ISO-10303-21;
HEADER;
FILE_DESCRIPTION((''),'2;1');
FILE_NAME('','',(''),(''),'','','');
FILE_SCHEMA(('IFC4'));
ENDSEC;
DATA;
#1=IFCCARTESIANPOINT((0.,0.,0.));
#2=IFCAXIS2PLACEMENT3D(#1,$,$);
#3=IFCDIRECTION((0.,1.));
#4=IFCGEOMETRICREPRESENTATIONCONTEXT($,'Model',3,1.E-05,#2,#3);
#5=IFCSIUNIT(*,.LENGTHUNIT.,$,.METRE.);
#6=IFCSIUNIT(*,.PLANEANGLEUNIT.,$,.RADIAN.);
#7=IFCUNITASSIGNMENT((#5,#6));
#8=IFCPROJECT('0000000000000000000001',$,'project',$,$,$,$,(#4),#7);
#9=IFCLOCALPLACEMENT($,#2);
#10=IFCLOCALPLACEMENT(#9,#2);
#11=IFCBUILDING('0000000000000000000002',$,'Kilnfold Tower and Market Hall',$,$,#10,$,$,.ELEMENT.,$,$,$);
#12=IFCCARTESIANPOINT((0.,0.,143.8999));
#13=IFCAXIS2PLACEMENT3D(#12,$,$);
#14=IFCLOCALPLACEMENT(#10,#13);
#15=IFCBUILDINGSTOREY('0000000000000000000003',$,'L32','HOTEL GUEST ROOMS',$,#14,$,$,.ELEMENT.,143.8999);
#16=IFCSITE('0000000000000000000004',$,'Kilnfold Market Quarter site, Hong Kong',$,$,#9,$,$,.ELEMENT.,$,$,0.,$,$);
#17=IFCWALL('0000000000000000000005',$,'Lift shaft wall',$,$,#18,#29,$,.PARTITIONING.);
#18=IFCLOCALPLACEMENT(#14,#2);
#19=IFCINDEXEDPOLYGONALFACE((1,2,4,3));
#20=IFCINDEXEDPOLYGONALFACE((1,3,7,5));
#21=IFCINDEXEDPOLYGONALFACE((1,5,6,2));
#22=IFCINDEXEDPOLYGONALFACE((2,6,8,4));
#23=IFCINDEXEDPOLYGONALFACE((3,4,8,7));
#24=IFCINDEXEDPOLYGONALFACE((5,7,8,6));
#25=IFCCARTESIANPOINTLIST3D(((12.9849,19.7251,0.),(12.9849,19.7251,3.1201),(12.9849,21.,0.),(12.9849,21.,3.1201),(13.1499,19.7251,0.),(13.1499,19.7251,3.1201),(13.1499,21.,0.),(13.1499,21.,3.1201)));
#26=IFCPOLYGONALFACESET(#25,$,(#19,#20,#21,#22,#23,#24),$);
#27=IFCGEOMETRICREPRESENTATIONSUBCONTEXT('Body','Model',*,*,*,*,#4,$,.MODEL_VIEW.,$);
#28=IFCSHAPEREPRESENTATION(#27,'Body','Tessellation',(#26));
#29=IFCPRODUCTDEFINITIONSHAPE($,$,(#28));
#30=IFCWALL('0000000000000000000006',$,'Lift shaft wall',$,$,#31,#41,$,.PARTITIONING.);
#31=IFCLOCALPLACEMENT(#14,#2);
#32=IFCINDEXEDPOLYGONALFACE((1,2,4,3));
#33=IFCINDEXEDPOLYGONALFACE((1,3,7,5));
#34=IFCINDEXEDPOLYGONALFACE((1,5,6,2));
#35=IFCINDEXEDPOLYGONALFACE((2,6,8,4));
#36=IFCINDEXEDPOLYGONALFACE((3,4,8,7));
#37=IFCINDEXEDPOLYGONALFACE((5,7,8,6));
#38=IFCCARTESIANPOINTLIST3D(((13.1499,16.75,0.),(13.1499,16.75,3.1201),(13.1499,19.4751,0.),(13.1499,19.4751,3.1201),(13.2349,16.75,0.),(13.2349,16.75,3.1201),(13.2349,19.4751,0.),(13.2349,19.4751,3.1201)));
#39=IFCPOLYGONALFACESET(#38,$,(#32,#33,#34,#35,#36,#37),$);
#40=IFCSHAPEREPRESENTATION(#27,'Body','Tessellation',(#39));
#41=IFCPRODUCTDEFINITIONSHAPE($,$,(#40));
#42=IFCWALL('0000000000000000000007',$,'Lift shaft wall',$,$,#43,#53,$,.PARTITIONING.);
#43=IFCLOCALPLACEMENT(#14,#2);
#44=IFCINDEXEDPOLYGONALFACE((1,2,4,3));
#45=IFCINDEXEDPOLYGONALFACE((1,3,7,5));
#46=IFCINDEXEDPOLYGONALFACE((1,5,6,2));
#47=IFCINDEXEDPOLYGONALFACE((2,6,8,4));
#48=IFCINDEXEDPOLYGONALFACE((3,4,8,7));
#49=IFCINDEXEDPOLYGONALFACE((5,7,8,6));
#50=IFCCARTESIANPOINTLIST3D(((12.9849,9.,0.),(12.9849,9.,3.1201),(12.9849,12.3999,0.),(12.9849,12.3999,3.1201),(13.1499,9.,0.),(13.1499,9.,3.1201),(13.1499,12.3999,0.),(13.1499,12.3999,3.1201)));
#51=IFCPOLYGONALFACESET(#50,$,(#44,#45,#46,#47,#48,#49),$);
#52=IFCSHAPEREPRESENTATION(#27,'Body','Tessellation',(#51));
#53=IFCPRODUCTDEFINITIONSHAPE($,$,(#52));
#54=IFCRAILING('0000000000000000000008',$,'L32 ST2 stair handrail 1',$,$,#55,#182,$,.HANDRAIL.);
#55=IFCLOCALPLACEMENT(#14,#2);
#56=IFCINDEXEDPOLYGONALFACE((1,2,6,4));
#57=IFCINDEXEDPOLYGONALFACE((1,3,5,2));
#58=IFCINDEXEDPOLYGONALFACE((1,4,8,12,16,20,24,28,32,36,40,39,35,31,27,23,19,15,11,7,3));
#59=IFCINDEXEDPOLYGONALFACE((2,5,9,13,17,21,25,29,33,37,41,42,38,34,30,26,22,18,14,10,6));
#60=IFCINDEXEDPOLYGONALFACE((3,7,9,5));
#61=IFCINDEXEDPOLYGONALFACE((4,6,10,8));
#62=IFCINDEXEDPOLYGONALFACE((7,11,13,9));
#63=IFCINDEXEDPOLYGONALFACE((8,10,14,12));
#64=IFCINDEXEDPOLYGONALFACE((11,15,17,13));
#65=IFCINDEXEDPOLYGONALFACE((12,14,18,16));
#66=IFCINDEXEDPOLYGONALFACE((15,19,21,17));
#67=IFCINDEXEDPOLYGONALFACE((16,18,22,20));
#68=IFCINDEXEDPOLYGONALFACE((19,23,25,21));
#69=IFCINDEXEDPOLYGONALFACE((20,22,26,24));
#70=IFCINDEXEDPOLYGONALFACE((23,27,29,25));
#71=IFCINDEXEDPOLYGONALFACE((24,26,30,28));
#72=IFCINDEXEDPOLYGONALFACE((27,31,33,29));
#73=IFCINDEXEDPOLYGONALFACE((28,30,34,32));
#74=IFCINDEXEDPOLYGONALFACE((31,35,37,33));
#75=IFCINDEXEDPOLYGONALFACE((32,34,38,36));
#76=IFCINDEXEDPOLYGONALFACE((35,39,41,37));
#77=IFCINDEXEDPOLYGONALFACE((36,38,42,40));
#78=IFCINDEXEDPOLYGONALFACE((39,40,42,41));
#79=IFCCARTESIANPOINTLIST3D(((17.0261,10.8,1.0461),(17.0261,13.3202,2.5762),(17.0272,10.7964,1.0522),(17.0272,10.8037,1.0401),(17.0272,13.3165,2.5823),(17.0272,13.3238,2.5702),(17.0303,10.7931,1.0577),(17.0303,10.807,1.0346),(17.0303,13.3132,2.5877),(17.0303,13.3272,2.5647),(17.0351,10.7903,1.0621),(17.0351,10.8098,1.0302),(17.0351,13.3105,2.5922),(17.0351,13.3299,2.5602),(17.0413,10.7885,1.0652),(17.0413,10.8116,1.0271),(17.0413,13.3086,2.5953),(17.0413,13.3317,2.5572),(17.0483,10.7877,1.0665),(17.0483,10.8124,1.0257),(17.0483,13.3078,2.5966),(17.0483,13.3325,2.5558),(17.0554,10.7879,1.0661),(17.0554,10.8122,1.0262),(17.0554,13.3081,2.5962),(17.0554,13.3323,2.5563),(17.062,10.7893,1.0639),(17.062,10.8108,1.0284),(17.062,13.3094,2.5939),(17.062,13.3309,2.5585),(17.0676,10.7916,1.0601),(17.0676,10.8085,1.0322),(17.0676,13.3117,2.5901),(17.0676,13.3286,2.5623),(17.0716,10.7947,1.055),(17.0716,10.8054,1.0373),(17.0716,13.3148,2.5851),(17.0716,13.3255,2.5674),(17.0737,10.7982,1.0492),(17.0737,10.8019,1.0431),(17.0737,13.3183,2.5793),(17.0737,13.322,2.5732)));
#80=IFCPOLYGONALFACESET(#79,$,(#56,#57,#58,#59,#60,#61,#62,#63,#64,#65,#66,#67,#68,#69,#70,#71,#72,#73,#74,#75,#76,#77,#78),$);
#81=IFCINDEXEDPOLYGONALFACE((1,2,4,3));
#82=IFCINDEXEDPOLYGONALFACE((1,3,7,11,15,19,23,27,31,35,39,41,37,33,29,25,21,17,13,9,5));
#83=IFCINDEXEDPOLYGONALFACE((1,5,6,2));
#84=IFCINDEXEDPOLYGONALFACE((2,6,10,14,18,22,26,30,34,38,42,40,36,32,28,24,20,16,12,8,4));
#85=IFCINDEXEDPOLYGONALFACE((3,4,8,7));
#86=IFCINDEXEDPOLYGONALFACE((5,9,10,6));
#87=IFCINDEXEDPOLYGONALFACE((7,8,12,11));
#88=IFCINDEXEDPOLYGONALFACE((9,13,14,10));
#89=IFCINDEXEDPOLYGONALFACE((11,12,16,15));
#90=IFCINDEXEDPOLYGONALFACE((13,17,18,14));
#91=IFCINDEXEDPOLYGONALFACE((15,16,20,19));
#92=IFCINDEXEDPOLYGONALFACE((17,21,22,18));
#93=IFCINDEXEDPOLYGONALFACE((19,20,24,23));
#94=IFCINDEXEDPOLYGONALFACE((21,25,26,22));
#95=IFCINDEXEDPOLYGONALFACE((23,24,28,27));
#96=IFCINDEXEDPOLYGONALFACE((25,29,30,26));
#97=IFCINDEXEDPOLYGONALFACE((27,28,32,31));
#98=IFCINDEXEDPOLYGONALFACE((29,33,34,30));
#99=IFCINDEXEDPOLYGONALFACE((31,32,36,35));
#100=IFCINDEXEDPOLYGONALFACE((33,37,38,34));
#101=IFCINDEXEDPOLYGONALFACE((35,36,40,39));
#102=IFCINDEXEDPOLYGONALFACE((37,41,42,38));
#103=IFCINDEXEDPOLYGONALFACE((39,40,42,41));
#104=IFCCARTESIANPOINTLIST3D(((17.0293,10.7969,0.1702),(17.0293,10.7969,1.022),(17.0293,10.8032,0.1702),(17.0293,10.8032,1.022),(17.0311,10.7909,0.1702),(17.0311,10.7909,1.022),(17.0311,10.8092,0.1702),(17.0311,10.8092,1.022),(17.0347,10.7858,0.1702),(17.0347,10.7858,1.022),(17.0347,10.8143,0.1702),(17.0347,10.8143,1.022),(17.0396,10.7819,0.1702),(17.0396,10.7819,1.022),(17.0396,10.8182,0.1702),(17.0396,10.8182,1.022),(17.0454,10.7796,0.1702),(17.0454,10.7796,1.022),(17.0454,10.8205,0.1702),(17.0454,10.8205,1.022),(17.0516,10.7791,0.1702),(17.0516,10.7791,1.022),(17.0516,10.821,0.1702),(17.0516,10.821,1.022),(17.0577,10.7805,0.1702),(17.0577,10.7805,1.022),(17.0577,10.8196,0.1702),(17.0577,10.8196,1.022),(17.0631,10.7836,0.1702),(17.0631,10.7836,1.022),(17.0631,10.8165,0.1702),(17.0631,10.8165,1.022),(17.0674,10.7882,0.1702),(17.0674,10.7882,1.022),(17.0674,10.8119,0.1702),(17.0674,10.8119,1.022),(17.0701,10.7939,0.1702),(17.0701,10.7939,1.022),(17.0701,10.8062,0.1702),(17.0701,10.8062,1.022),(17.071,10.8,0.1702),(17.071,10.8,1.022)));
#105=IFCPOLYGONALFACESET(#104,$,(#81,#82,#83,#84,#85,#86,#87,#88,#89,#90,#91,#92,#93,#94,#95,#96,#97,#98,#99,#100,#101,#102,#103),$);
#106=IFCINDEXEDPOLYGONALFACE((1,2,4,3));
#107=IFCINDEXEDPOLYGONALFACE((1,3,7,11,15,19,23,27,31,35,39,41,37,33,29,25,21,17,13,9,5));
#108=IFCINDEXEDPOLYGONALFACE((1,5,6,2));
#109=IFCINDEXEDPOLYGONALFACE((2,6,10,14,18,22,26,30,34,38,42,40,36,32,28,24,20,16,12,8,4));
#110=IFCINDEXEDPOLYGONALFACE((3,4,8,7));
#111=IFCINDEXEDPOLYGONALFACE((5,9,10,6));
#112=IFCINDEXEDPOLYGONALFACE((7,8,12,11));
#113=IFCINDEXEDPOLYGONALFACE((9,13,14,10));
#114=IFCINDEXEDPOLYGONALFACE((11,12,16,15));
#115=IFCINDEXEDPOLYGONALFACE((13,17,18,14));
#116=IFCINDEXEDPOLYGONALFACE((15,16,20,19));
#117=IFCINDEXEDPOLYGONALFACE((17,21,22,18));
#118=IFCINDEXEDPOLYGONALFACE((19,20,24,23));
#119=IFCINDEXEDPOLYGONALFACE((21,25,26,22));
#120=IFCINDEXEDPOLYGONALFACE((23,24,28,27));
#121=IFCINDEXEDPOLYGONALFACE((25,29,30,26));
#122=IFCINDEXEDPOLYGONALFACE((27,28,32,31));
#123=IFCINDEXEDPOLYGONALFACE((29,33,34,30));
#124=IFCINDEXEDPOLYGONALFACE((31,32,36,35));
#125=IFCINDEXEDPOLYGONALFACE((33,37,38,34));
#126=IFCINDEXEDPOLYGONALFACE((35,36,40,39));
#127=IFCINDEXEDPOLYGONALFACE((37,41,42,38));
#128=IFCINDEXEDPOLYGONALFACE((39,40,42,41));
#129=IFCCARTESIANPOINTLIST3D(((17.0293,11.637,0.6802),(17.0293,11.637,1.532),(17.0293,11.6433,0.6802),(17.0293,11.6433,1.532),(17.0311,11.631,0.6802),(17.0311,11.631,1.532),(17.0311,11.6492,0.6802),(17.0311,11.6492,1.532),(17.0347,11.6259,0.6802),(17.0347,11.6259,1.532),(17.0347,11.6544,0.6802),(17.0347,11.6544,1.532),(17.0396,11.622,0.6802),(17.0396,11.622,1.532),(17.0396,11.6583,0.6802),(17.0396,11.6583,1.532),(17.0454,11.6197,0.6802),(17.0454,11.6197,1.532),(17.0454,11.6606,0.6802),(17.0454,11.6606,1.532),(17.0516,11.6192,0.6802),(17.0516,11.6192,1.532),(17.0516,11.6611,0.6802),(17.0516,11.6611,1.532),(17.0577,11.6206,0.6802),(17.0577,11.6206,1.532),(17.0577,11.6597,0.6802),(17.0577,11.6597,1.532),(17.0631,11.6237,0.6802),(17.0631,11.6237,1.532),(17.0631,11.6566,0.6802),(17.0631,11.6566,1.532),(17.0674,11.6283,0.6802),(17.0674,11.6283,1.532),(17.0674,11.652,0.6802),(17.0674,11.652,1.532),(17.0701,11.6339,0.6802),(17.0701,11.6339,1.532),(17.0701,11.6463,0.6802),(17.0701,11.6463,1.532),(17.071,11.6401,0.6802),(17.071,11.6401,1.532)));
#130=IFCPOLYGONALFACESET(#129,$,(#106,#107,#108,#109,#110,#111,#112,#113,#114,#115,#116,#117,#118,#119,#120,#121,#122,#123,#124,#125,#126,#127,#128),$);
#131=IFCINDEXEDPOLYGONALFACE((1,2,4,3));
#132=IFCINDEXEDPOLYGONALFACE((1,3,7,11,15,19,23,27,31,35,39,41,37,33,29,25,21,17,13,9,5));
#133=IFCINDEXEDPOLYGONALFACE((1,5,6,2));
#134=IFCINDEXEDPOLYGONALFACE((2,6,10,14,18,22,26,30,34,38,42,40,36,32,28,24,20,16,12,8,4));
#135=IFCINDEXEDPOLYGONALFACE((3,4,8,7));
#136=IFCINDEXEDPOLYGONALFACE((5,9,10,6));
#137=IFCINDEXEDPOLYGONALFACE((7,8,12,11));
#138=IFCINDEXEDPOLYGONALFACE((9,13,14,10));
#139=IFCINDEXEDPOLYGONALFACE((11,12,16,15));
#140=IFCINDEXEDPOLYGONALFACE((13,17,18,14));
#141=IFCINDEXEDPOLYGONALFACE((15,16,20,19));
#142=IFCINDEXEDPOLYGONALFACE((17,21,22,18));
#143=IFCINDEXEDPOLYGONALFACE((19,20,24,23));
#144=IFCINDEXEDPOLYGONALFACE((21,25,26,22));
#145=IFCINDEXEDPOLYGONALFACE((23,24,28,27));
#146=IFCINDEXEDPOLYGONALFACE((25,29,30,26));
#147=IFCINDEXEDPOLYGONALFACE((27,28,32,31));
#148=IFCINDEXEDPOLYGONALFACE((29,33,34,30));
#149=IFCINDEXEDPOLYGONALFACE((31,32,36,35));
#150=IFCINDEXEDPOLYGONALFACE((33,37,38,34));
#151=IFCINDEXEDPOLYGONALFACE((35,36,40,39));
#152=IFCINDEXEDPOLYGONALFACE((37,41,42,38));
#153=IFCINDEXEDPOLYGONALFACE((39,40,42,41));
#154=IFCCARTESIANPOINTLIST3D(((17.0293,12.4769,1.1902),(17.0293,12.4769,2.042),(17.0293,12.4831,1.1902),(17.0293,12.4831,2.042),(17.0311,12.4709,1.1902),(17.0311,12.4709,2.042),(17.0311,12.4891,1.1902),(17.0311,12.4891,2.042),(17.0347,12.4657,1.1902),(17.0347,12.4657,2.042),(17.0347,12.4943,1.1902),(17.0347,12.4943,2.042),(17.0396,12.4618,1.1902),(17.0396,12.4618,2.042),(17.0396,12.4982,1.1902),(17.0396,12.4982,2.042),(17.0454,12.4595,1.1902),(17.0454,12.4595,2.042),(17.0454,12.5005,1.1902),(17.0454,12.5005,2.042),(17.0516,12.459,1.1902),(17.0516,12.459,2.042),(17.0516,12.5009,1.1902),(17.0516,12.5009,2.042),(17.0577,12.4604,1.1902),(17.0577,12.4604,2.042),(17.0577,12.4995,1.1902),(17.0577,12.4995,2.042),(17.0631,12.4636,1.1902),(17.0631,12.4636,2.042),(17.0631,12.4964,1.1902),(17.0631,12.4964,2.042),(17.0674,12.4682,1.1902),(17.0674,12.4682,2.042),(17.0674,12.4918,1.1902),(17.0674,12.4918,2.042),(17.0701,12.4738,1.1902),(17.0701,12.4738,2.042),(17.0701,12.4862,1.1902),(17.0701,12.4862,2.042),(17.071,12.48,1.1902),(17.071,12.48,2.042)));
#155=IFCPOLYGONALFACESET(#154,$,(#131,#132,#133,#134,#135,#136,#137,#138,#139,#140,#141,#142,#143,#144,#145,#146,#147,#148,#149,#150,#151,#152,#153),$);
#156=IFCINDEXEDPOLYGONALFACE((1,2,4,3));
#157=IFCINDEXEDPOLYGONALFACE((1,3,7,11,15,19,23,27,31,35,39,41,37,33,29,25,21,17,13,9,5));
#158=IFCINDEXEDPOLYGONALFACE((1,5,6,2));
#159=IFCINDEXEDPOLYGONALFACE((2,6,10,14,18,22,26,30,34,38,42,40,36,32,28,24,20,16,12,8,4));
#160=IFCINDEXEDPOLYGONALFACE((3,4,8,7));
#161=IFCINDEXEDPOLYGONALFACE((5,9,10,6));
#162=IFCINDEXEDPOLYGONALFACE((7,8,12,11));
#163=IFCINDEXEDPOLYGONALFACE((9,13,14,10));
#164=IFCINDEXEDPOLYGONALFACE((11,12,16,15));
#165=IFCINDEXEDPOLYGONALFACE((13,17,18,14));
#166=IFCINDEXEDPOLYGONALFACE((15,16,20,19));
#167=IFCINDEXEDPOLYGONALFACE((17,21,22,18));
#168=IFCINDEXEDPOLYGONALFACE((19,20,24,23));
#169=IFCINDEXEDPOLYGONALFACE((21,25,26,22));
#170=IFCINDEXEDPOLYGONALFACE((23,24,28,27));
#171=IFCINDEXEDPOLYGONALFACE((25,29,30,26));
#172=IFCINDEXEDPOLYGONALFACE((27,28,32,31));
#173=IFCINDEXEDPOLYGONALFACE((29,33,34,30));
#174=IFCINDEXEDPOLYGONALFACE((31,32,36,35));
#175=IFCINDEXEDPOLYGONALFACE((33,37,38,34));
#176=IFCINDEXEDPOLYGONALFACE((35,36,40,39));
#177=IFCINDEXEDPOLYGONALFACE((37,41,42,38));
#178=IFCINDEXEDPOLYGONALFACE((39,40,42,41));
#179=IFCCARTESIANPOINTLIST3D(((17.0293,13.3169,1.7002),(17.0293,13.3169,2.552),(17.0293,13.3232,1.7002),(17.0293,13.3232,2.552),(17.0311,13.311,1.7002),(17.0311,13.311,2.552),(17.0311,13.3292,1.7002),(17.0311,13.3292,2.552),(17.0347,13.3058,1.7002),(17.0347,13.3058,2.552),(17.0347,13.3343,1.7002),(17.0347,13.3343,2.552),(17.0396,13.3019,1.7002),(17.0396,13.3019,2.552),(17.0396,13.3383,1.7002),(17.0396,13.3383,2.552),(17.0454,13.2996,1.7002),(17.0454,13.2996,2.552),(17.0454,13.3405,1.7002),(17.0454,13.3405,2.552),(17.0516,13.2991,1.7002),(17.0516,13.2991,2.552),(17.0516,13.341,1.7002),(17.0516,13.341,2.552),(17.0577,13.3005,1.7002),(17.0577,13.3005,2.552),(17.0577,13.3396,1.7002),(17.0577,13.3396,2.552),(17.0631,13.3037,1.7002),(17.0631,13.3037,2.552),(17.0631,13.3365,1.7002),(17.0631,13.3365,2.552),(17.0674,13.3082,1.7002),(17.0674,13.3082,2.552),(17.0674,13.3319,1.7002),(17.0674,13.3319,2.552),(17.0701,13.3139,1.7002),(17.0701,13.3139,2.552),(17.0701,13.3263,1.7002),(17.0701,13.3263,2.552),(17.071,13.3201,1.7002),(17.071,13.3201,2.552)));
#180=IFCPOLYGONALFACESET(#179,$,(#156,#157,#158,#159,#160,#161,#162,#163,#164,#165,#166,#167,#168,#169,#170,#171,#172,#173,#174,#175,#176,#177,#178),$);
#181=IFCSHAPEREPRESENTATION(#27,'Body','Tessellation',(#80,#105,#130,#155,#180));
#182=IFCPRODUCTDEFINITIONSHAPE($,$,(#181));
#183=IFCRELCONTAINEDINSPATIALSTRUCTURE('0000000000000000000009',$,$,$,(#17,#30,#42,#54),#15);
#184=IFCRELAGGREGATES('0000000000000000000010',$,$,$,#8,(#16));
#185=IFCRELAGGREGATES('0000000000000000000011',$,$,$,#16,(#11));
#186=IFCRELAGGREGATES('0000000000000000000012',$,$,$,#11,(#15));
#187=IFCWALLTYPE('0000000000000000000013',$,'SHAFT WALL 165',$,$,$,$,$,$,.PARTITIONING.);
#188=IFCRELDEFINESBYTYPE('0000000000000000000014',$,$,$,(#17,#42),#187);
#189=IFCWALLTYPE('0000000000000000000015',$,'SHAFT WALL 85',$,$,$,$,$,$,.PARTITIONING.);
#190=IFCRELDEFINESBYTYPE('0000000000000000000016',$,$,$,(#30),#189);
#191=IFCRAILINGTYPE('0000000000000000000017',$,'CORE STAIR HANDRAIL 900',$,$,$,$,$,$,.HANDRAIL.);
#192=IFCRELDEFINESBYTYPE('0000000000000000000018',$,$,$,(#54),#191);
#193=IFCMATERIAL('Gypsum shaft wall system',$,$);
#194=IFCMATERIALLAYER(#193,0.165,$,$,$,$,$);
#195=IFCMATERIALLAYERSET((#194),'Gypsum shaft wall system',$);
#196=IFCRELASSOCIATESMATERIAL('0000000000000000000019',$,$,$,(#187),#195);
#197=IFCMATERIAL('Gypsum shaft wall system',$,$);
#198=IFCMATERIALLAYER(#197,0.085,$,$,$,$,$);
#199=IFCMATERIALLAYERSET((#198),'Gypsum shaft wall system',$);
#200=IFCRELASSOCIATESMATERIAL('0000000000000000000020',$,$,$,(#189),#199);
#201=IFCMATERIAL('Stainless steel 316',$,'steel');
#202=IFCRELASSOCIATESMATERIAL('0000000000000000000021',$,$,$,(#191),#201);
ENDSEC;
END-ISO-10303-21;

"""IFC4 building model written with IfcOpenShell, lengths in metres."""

from ifc_helpers import new_model, si_unit, direction, frame, frame_2d, origin, origin_2d, place, context, subcontext, project, spatial, rectangle, circle, extrude, source, transform, mapped, material, layer, layer_set, type_object, element, save


model = new_model("IFC4")

# Units and contexts
model_context = context("Model", 3, precision=1e-05, world=origin(), true_north=direction((0.0, 1.0)))
body_context = subcontext(model_context, "Body", "Model", "MODEL_VIEW")
ifc_project = project(units=[si_unit("LENGTHUNIT", "METRE"), si_unit("PLANEANGLEUNIT", "RADIAN")], contexts=[model_context])

# Site, building, storey
site_placement = place(None, origin())
site = spatial("IfcSite", under=ifc_project, at=site_placement, Name="Kilnfold Market Quarter site, Hong Kong", CompositionType="ELEMENT", RefElevation=0.0)
building_placement = place(site_placement, origin())
building = spatial("IfcBuilding", under=site, at=building_placement, Name="Kilnfold Tower and Market Hall", CompositionType="ELEMENT")
storey_placement = place(building_placement, frame((0.0, 0.0, 143.8999)))
storey = spatial("IfcBuildingStorey", under=building, at=storey_placement, Name="L32", Description="HOTEL GUEST ROOMS", CompositionType="ELEMENT", Elevation=143.8999)

# Walls
ifc_material_1 = material(Name="Gypsum shaft wall system")
ifc_layer_1 = layer(ifc_material_1, 0.165)
ifc_layer_set_1 = layer_set([ifc_layer_1], Name="Gypsum shaft wall system")
wall_type_1 = type_object("IfcWallType", Name="SHAFT WALL 165", PredefinedType="PARTITIONING", material=ifc_layer_set_1)
shared_shape_1 = source(origin(), body_context, "Body", "SweptSolid", [
    extrude(rectangle(XDim=1.2749, YDim=0.165, at=frame_2d((0.6375, 0.0))), origin(), (0.0, 0.0, 1.0), 3.1201),
])
wall_1_placement = place(storey_placement, frame((13.0674, 19.7251, 0.0), z_axis=(0.0, 0.0, 1.0), x_axis=(0.0, 1.0, 0.0)))
element("IfcWall", 1, at=wall_1_placement, inside=storey, type_object=wall_type_1, Name="Lift shaft wall", PredefinedType="PARTITIONING", context=body_context, shape_type="MappedRepresentation", body=[
    mapped(shared_shape_1, transform((0.0, 0.0, 0.0))),
])
ifc_material_2 = material(Name="Gypsum shaft wall system")
ifc_layer_2 = layer(ifc_material_2, 0.085)
ifc_layer_set_2 = layer_set([ifc_layer_2], Name="Gypsum shaft wall system")
wall_type_2 = type_object("IfcWallType", Name="SHAFT WALL 85", PredefinedType="PARTITIONING", material=ifc_layer_set_2)
shared_shape_2 = source(origin(), body_context, "Body", "SweptSolid", [
    extrude(rectangle(XDim=2.7251, YDim=0.085, at=frame_2d((1.3625, 0.0))), origin(), (0.0, 0.0, 1.0), 3.1201),
])
wall_2_placement = place(storey_placement, frame((13.1924, 16.75, 0.0), z_axis=(0.0, 0.0, 1.0), x_axis=(0.0, 1.0, 0.0)))
element("IfcWall", 2, at=wall_2_placement, inside=storey, type_object=wall_type_2, Name="Lift shaft wall", PredefinedType="PARTITIONING", context=body_context, shape_type="MappedRepresentation", body=[
    mapped(shared_shape_2, transform((0.0, 0.0, 0.0))),
])
shared_shape_3 = source(origin(), body_context, "Body", "SweptSolid", [
    extrude(rectangle(XDim=3.3999, YDim=0.165, at=frame_2d((1.7, 0.0))), origin(), (0.0, 0.0, 1.0), 3.1201),
])
wall_3_placement = place(storey_placement, frame((13.0674, 9.0, 0.0), z_axis=(0.0, 0.0, 1.0), x_axis=(0.0, 1.0, 0.0)))
element("IfcWall", 3, at=wall_3_placement, inside=storey, type_object=wall_type_1, Name="Lift shaft wall", PredefinedType="PARTITIONING", context=body_context, shape_type="MappedRepresentation", body=[
    mapped(shared_shape_3, transform((0.0, 0.0, 0.0))),
])

# Railing
ifc_material_3 = material(Name="Stainless steel 316", Category="steel")
railing_type_1 = type_object("IfcRailingType", Name="CORE STAIR HANDRAIL 900", PredefinedType="HANDRAIL", material=ifc_material_3)
railing_1_placement = place(storey_placement, frame((17.05, 10.8, 0.1702)))
element("IfcRailing", 4, at=railing_1_placement, inside=storey, type_object=railing_type_1, Name="L32 ST2 stair handrail 1", PredefinedType="HANDRAIL", context=body_context, shape_type="SweptSolid", body=[
    extrude(circle(Radius=0.0239, at=origin_2d()), frame((0.0, 0.0, 0.876), z_axis=(0.0, 0.854785, 0.518982), x_axis=(-1.0, 0.0, 0.0)), (0.0, 0.0, 1.0), 2.9482),
    extrude(circle(Radius=0.021, at=origin_2d()), origin(), (0.0, 0.0, 1.0), 0.8518),
    extrude(circle(Radius=0.021, at=origin_2d()), frame((0.0, 0.8401, 0.51)), (0.0, 0.0, 1.0), 0.8518),
    extrude(circle(Radius=0.021, at=origin_2d()), frame((0.0, 1.6799, 1.02)), (0.0, 0.0, 1.0), 0.8518),
    extrude(circle(Radius=0.021, at=origin_2d()), frame((0.0, 2.52, 1.53)), (0.0, 0.0, 1.0), 0.8518),
])

save(model, "model.ifc")
